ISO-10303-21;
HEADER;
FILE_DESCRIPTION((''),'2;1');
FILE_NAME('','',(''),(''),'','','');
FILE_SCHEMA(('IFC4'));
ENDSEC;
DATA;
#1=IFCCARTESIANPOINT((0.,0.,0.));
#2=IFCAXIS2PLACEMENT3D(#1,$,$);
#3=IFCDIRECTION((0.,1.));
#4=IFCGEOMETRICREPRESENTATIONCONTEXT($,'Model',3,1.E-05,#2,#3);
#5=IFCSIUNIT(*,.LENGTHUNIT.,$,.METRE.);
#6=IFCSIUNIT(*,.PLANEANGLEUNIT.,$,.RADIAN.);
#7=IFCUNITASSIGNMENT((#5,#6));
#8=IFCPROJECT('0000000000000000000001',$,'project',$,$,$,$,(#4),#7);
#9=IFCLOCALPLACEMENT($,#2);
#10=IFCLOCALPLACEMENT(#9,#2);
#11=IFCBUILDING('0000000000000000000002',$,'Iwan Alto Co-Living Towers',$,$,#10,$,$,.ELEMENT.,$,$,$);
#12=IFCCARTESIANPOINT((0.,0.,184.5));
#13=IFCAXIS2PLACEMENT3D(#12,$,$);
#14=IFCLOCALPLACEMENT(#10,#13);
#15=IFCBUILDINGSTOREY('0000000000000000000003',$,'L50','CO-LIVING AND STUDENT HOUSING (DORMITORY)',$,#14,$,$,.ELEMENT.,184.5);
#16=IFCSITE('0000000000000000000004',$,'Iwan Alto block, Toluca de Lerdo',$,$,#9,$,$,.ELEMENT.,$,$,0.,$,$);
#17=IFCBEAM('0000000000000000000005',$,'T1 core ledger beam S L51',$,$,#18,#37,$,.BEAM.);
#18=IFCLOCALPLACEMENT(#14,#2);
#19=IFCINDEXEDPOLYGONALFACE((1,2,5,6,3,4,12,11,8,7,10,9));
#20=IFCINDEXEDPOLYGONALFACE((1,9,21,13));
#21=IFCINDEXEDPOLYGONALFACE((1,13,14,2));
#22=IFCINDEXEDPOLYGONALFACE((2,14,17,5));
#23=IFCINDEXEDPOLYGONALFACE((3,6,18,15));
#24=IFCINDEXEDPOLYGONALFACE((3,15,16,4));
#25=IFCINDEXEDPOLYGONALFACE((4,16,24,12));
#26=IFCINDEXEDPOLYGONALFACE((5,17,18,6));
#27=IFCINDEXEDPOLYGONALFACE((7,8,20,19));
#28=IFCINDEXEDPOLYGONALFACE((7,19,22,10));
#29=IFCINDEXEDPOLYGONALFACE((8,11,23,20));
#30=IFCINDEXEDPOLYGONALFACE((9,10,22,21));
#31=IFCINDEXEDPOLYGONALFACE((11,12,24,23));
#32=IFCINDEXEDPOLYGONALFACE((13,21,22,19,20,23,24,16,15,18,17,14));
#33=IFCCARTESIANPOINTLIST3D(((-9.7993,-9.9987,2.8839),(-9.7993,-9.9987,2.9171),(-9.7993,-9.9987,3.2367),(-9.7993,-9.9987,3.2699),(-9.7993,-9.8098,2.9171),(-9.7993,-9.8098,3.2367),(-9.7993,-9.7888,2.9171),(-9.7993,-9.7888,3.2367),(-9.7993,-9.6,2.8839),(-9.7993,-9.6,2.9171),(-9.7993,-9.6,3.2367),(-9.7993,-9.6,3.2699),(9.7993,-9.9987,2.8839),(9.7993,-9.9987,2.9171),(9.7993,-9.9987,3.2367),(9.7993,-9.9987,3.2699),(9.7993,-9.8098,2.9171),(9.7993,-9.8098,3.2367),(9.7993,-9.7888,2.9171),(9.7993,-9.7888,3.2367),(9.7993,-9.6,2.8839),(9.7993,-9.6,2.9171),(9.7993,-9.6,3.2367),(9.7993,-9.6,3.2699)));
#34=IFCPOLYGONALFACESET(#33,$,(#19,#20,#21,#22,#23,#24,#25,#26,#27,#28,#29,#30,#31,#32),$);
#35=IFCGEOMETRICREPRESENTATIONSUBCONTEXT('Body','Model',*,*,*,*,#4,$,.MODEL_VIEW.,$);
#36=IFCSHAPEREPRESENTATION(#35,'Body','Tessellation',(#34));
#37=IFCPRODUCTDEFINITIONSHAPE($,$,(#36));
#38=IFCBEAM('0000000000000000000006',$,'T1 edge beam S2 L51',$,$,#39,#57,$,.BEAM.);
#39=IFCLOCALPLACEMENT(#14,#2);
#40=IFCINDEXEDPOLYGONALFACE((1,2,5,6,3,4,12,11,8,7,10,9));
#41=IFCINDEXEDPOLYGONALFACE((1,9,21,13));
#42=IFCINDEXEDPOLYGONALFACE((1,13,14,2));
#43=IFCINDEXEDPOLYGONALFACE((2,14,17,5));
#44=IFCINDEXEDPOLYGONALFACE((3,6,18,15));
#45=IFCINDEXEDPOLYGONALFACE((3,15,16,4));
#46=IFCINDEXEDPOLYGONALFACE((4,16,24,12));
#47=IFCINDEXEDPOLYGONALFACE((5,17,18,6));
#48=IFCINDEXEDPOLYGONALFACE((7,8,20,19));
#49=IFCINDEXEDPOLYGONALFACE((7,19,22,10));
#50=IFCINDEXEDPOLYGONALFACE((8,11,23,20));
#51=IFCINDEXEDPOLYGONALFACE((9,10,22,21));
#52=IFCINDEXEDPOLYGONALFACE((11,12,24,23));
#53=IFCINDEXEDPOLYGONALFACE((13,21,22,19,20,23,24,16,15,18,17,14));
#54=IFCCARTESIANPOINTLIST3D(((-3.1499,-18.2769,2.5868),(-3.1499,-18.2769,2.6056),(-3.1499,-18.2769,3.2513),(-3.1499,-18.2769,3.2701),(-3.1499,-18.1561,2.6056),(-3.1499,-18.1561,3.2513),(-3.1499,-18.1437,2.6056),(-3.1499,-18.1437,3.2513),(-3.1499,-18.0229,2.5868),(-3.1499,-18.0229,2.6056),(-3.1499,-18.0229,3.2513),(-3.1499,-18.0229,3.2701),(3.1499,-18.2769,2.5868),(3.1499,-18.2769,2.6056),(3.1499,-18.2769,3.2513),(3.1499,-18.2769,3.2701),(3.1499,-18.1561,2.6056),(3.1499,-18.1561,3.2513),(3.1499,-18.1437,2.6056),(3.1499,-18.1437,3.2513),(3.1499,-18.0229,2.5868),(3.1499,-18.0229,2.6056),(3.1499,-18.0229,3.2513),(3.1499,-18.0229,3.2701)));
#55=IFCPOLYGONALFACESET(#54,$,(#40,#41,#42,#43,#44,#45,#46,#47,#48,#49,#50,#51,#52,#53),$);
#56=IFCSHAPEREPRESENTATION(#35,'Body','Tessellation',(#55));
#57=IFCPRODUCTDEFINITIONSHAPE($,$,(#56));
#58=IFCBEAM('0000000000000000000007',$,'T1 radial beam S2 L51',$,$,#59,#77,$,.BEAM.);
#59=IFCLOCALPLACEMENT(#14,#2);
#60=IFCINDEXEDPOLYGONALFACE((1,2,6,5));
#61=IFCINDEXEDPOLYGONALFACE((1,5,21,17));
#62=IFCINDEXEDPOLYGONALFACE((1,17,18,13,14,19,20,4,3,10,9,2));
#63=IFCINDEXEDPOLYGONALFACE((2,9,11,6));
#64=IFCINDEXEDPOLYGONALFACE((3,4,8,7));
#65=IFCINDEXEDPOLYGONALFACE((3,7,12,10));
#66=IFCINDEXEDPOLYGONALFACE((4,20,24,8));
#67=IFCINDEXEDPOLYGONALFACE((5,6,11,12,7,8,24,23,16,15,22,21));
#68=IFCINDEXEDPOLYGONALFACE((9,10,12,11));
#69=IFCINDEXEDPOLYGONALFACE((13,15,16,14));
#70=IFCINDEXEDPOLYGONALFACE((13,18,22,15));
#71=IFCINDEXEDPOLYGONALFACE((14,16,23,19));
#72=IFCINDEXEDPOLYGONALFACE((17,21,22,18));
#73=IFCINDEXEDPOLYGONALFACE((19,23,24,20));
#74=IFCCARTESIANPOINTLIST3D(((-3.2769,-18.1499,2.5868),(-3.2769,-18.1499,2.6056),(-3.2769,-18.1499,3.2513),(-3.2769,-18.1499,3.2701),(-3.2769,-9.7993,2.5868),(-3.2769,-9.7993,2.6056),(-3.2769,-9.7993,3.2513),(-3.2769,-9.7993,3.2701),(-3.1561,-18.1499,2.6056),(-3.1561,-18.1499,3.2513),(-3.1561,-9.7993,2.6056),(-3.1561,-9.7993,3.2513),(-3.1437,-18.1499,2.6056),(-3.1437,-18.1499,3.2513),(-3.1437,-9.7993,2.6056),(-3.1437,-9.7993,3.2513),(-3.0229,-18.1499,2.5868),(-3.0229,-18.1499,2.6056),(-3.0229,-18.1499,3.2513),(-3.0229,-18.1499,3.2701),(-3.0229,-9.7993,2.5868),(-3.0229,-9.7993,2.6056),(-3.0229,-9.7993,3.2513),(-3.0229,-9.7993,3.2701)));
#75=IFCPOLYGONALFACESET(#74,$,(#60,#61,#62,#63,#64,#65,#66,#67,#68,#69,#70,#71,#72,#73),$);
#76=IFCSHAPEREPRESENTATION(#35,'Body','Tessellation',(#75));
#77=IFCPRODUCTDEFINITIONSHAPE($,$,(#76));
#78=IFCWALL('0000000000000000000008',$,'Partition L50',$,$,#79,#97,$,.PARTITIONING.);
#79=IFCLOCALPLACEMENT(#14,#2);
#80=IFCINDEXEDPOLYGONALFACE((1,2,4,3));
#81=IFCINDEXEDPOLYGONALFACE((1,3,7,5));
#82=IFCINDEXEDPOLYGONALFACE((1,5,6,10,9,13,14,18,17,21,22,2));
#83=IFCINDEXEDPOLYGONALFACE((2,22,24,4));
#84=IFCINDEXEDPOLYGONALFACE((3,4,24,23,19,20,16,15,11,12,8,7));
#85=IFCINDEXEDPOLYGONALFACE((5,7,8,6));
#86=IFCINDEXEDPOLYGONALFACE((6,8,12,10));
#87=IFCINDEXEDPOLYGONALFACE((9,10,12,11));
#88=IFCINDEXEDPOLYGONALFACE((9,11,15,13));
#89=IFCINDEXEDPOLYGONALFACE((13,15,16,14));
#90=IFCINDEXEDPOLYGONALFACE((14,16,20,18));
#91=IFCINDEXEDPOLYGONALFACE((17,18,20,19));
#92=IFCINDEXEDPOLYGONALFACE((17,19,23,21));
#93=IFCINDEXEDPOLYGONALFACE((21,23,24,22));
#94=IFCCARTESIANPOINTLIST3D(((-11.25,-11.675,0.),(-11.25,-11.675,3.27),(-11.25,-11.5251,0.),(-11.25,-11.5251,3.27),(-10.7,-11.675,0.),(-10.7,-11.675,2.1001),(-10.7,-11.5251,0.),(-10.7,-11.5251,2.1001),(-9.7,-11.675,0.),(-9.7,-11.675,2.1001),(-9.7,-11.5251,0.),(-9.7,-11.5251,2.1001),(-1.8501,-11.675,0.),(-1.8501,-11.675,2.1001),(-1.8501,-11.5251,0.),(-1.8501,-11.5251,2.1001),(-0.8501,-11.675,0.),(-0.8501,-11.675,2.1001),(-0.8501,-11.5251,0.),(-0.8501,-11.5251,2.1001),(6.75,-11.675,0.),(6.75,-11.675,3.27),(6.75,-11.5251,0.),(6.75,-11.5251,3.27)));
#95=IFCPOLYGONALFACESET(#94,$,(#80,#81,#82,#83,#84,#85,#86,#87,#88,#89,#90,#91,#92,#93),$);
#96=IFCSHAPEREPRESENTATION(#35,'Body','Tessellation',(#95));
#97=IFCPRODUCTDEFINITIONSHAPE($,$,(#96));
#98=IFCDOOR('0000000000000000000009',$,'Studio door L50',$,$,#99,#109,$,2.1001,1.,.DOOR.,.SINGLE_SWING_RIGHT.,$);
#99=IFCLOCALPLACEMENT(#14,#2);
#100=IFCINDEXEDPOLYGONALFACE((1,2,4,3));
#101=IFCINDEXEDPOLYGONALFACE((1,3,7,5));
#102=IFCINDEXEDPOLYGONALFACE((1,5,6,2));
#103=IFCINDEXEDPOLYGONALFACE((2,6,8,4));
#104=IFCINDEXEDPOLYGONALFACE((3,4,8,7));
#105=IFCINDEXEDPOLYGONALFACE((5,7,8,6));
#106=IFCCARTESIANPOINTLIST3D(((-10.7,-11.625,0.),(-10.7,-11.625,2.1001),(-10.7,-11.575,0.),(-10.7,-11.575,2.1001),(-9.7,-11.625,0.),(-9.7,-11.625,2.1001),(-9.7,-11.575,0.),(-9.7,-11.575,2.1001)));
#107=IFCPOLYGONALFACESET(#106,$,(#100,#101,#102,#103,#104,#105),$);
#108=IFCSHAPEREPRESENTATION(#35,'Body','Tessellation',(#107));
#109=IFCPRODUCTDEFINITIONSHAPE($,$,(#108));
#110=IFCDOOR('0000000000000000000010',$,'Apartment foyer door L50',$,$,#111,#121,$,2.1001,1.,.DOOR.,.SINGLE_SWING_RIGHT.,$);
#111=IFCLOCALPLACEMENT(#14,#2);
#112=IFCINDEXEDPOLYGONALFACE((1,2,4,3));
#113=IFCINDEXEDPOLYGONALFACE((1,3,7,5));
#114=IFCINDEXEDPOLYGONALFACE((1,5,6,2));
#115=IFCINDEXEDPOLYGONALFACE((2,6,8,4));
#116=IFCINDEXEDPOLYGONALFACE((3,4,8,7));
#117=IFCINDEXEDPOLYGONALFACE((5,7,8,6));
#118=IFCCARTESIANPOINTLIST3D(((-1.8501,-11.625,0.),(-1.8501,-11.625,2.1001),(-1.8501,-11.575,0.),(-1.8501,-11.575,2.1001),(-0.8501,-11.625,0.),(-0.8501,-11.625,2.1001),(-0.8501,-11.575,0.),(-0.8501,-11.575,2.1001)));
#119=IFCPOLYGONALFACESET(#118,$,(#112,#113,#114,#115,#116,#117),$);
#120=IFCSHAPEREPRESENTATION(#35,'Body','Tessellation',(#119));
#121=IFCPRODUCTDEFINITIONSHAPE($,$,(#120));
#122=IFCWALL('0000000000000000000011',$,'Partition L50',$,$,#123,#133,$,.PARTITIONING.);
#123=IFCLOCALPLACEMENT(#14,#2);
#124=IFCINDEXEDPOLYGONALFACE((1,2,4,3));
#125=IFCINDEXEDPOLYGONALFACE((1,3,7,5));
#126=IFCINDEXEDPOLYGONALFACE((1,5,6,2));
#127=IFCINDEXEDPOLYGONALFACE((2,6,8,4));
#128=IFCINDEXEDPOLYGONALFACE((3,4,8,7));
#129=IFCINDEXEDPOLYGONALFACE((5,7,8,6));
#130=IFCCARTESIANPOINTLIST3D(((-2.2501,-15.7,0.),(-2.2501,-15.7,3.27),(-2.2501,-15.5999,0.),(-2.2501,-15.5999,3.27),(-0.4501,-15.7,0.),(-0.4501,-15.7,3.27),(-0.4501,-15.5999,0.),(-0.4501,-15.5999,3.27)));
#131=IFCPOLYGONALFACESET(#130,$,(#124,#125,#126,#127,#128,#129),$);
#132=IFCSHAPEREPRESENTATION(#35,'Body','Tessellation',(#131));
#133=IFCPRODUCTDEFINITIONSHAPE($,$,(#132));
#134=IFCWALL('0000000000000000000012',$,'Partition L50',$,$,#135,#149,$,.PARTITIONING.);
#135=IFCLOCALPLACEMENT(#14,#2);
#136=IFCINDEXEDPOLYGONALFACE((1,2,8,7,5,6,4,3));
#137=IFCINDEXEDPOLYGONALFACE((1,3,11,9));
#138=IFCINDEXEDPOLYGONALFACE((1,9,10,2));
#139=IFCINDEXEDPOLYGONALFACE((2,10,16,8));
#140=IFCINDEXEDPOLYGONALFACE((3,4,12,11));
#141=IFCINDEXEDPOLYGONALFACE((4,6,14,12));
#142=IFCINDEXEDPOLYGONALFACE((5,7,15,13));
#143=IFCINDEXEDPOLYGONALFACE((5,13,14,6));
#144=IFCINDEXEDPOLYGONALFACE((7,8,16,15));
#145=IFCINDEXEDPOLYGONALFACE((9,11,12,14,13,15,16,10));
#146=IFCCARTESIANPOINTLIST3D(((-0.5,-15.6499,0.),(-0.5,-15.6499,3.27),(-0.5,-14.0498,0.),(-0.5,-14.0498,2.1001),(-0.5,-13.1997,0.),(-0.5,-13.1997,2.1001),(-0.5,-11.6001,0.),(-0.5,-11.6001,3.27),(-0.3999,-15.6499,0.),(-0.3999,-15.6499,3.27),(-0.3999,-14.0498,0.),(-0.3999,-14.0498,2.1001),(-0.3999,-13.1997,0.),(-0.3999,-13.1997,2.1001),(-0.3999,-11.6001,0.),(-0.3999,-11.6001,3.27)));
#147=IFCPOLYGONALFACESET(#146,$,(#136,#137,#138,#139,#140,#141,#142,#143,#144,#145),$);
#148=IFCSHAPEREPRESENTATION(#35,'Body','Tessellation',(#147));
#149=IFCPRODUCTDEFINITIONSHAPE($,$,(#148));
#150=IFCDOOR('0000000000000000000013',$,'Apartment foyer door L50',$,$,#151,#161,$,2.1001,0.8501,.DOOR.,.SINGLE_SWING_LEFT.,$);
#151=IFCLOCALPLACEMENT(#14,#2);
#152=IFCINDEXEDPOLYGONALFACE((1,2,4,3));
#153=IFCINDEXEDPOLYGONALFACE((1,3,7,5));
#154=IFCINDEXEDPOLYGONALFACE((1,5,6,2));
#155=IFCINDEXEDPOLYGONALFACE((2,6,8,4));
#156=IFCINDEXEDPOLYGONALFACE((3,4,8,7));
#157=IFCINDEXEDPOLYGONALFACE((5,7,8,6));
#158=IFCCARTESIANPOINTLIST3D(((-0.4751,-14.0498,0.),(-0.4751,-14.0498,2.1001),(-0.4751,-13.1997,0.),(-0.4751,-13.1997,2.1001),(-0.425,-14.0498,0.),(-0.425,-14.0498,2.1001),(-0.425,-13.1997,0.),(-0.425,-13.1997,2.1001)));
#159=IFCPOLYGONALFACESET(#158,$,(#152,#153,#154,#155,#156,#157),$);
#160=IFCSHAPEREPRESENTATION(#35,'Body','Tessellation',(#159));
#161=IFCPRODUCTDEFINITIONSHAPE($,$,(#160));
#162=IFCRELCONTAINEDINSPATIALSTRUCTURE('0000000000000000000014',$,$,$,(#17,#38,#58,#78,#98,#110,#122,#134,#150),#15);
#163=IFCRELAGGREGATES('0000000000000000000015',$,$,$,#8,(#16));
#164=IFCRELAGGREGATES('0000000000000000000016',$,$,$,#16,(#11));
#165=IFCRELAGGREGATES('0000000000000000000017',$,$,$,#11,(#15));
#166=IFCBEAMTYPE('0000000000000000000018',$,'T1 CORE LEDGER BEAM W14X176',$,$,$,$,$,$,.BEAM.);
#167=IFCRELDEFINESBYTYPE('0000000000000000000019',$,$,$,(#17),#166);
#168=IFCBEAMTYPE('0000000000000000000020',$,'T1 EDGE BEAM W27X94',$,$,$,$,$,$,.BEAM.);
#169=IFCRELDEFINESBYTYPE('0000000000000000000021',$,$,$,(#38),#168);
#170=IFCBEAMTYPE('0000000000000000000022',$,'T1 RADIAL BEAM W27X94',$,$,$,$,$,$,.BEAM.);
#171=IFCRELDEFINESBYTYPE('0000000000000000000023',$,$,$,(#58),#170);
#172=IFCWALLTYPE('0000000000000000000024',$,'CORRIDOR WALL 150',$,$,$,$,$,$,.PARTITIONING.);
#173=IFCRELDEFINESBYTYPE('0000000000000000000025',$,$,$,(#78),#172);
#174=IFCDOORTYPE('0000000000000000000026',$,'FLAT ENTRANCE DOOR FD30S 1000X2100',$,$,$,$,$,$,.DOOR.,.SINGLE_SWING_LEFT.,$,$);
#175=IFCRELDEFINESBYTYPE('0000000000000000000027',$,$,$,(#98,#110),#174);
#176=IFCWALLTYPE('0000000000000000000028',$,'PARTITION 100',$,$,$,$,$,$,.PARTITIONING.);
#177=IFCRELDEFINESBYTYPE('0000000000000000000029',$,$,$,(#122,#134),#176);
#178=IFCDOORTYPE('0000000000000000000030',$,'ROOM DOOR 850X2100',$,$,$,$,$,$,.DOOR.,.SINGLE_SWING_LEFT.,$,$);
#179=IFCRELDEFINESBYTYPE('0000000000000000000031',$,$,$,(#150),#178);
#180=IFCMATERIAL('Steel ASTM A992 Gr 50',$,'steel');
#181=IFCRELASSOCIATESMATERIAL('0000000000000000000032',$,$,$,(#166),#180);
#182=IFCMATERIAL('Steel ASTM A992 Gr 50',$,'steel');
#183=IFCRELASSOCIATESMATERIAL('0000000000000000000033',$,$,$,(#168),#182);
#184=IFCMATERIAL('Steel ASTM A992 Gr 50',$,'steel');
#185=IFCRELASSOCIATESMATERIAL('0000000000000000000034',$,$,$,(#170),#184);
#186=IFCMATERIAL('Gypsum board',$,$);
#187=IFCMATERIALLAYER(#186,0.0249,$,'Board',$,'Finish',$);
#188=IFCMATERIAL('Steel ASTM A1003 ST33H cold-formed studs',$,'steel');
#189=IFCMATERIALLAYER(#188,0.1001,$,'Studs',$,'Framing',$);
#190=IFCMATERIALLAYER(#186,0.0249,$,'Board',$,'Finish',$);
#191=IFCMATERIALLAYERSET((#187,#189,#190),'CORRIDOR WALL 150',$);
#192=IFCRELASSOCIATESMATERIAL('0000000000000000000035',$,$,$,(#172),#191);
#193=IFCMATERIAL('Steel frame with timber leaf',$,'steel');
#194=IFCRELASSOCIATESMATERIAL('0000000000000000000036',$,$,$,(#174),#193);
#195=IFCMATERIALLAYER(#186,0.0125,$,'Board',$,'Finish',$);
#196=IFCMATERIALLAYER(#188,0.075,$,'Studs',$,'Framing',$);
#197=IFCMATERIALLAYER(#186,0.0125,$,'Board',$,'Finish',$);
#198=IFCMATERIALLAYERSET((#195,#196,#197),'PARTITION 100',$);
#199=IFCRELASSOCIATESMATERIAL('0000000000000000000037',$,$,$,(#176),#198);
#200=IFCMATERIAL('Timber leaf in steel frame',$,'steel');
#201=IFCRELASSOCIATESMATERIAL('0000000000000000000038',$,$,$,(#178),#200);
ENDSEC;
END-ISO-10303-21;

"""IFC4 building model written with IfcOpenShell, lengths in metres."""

from ifc_helpers import new_model, si_unit, direction, frame, frame_2d, origin, origin_2d, place, context, subcontext, project, spatial, rectangle, i_section, extrude, material, layer, layer_set, material_profile, profile_set, type_object, element, fill, save


model = new_model("IFC4")

# Units and contexts
model_context = context("Model", 3, precision=1e-05, world=origin(), true_north=direction((0.0, 1.0)))
body_context = subcontext(model_context, "Body", "Model", "MODEL_VIEW")
ifc_project = project(units=[si_unit("LENGTHUNIT", "METRE"), si_unit("PLANEANGLEUNIT", "RADIAN")], contexts=[model_context])

# Site, building, storey
site_placement = place(None, origin())
site = spatial("IfcSite", under=ifc_project, at=site_placement, Name="Iwan Alto block, Toluca de Lerdo", CompositionType="ELEMENT", RefElevation=0.0)
building_placement = place(site_placement, origin())
building = spatial("IfcBuilding", under=site, at=building_placement, Name="Iwan Alto Co-Living Towers", CompositionType="ELEMENT")
storey_placement = place(building_placement, frame((0.0, 0.0, 184.5)))
storey = spatial("IfcBuildingStorey", under=building, at=storey_placement, Name="L50", Description="CO-LIVING AND STUDENT HOUSING (DORMITORY)", CompositionType="ELEMENT", Elevation=184.5)

# Beams
ifc_material_1 = material(Name="Steel ASTM A992 Gr 50", Category="steel")
ifc_material_profile_1 = material_profile(ifc_material_1, i_section(OverallWidth=0.3987, OverallDepth=0.386, WebThickness=0.021, FlangeThickness=0.0332, at=origin_2d()), Name="W14X176")
ifc_profile_set_1 = profile_set([ifc_material_profile_1], Name="Steel ASTM A992 Gr 50")
beam_type_1 = type_object("IfcBeamType", Name="T1 CORE LEDGER BEAM W14X176", PredefinedType="BEAM", material=ifc_profile_set_1)
beam_1_placement = place(storey_placement, frame((-9.7993, -9.7993, 3.0769), z_axis=(1.0, 0.0, 0.0), x_axis=(0.0, 1.0, 0.0)))
element("IfcBeam", 1, at=beam_1_placement, inside=storey, type_object=beam_type_1, Name="T1 core ledger beam S L51", PredefinedType="BEAM", context=body_context, shape_type="SweptSolid", body=[
    extrude(i_section(OverallWidth=0.3987, OverallDepth=0.386, WebThickness=0.021, FlangeThickness=0.0332, at=origin_2d()), origin(), (0.0, 0.0, 1.0), 19.5986),
])
ifc_material_2 = material(Name="Steel ASTM A992 Gr 50", Category="steel")
ifc_material_profile_2 = material_profile(ifc_material_2, i_section(OverallWidth=0.2539, OverallDepth=0.6833, WebThickness=0.0125, FlangeThickness=0.0188, at=origin_2d()), Name="W27X94")
ifc_profile_set_2 = profile_set([ifc_material_profile_2], Name="Steel ASTM A992 Gr 50")
beam_type_2 = type_object("IfcBeamType", Name="T1 EDGE BEAM W27X94", PredefinedType="BEAM", material=ifc_profile_set_2)
beam_2_placement = place(storey_placement, frame((-3.1499, -18.1499, 2.9285), z_axis=(1.0, 0.0, 0.0), x_axis=(0.0, 1.0, 0.0)))
element("IfcBeam", 2, at=beam_2_placement, inside=storey, type_object=beam_type_2, Name="T1 edge beam S2 L51", PredefinedType="BEAM", context=body_context, shape_type="SweptSolid", body=[
    extrude(i_section(OverallWidth=0.2539, OverallDepth=0.6833, WebThickness=0.0125, FlangeThickness=0.0188, at=origin_2d()), origin(), (0.0, 0.0, 1.0), 6.2998),
])
ifc_material_3 = material(Name="Steel ASTM A992 Gr 50", Category="steel")
ifc_material_profile_3 = material_profile(ifc_material_3, i_section(OverallWidth=0.2539, OverallDepth=0.6833, WebThickness=0.0125, FlangeThickness=0.0188, at=origin_2d()), Name="W27X94")
ifc_profile_set_3 = profile_set([ifc_material_profile_3], Name="Steel ASTM A992 Gr 50")
beam_type_3 = type_object("IfcBeamType", Name="T1 RADIAL BEAM W27X94", PredefinedType="BEAM", material=ifc_profile_set_3)
beam_3_placement = place(storey_placement, frame((-3.1499, -18.1499, 2.9285), z_axis=(0.0, 1.0, 0.0), x_axis=(-1.0, 0.0, 0.0)))
element("IfcBeam", 3, at=beam_3_placement, inside=storey, type_object=beam_type_3, Name="T1 radial beam S2 L51", PredefinedType="BEAM", context=body_context, shape_type="SweptSolid", body=[
    extrude(i_section(OverallWidth=0.2539, OverallDepth=0.6833, WebThickness=0.0125, FlangeThickness=0.0188, at=origin_2d()), origin(), (0.0, 0.0, 1.0), 8.3506),
])

# Wall, openings, doors
ifc_material_4 = material(Name="Gypsum board")
ifc_layer_1 = layer(ifc_material_4, 0.0249, Name="Board", Category="Finish")
ifc_material_5 = material(Name="Steel ASTM A1003 ST33H cold-formed studs", Category="steel")
ifc_layer_2 = layer(ifc_material_5, 0.1001, Name="Studs", Category="Framing")
ifc_layer_3 = layer(ifc_material_4, 0.0249, Name="Board", Category="Finish")
ifc_layer_set_1 = layer_set([ifc_layer_1, ifc_layer_2, ifc_layer_3], Name="CORRIDOR WALL 150")
wall_type_1 = type_object("IfcWallType", Name="CORRIDOR WALL 150", PredefinedType="PARTITIONING", material=ifc_layer_set_1)
wall_1_placement = place(storey_placement, frame((-11.25, -11.6001, 0.0), z_axis=(0.0, 0.0, 1.0), x_axis=(1.0, 0.0, 0.0)))
wall_1 = element("IfcWall", 4, at=wall_1_placement, inside=storey, type_object=wall_type_1, Name="Partition L50", PredefinedType="PARTITIONING", context=body_context, shape_type="SweptSolid", body=[
    extrude(rectangle(XDim=18.0, YDim=0.1499, at=frame_2d((9.0, 0.0))), origin(), (0.0, 0.0, 1.0), 3.27),
])
opening_1_placement = place(wall_1_placement, frame((0.55, 0.0, 0.0)))
opening_1 = element("IfcOpeningElement", 5, at=opening_1_placement, cuts=wall_1, PredefinedType="OPENING", context=body_context, shape_type="SweptSolid", body=[
    extrude(rectangle(XDim=1.0, YDim=2.1001, at=frame_2d((0.5, 1.05))), frame((0.0, 0.085, 0.0), z_axis=(0.0, -1.0, 0.0), x_axis=(1.0, 0.0, 0.0)), (0.0, 0.0, 1.0), 0.1699),
])
opening_2_placement = place(wall_1_placement, frame((9.3999, 0.0, 0.0)))
opening_2 = element("IfcOpeningElement", 6, at=opening_2_placement, cuts=wall_1, PredefinedType="OPENING", context=body_context, shape_type="SweptSolid", body=[
    extrude(rectangle(XDim=1.0, YDim=2.1001, at=frame_2d((0.5, 1.05))), frame((0.0, 0.085, 0.0), z_axis=(0.0, -1.0, 0.0), x_axis=(1.0, 0.0, 0.0)), (0.0, 0.0, 1.0), 0.1699),
])
ifc_material_6 = material(Name="Steel frame with timber leaf", Category="steel")
door_type_1 = type_object("IfcDoorType", Name="FLAT ENTRANCE DOOR FD30S 1000X2100", OperationType="SINGLE_SWING_LEFT", PredefinedType="DOOR", material=ifc_material_6)
door_1_placement = place(opening_1_placement, frame((1.0, 0.0, 0.0), z_axis=(0.0, 0.0, 1.0), x_axis=(-1.0, 0.0, 0.0)))
door_1 = element("IfcDoor", 7, at=door_1_placement, inside=storey, type_object=door_type_1, Name="Studio door L50", OperationType="SINGLE_SWING_RIGHT", OverallHeight=2.1001, OverallWidth=1.0, PredefinedType="DOOR", context=body_context, shape_type="SweptSolid", body=[
    extrude(rectangle(XDim=1.0, YDim=2.1001, at=frame_2d((0.5, 1.05))), frame((0.0, 0.0249, 0.0), z_axis=(0.0, -1.0, 0.0), x_axis=(1.0, 0.0, 0.0)), (0.0, 0.0, 1.0), 0.05),
])
fill(opening_1, door_1)
door_2_placement = place(opening_2_placement, frame((1.0, 0.0, 0.0), z_axis=(0.0, 0.0, 1.0), x_axis=(-1.0, 0.0, 0.0)))
door_2 = element("IfcDoor", 8, at=door_2_placement, inside=storey, type_object=door_type_1, Name="Apartment foyer door L50", OperationType="SINGLE_SWING_RIGHT", OverallHeight=2.1001, OverallWidth=1.0, PredefinedType="DOOR", context=body_context, shape_type="SweptSolid", body=[
    extrude(rectangle(XDim=1.0, YDim=2.1001, at=frame_2d((0.5, 1.05))), frame((0.0, 0.0249, 0.0), z_axis=(0.0, -1.0, 0.0), x_axis=(1.0, 0.0, 0.0)), (0.0, 0.0, 1.0), 0.05),
])
fill(opening_2, door_2)

# Wall
ifc_layer_4 = layer(ifc_material_4, 0.0125, Name="Board", Category="Finish")
ifc_layer_5 = layer(ifc_material_5, 0.075, Name="Studs", Category="Framing")
ifc_layer_6 = layer(ifc_material_4, 0.0125, Name="Board", Category="Finish")
ifc_layer_set_2 = layer_set([ifc_layer_4, ifc_layer_5, ifc_layer_6], Name="PARTITION 100")
wall_type_2 = type_object("IfcWallType", Name="PARTITION 100", PredefinedType="PARTITIONING", material=ifc_layer_set_2)
wall_2_placement = place(storey_placement, frame((-2.25, -15.6499, 0.0), z_axis=(0.0, 0.0, 1.0), x_axis=(1.0, 0.0, 0.0)))
element("IfcWall", 9, at=wall_2_placement, inside=storey, type_object=wall_type_2, Name="Partition L50", PredefinedType="PARTITIONING", context=body_context, shape_type="SweptSolid", body=[
    extrude(rectangle(XDim=1.8, YDim=0.1001, at=frame_2d((0.8999, 0.0))), origin(), (0.0, 0.0, 1.0), 3.27),
])

# Wall, opening, door
wall_3_placement = place(storey_placement, frame((-0.45, -15.6499, 0.0), z_axis=(0.0, 0.0, 1.0), x_axis=(0.0, 1.0, 0.0)))
wall_3 = element("IfcWall", 10, at=wall_3_placement, inside=storey, type_object=wall_type_2, Name="Partition L50", PredefinedType="PARTITIONING", context=body_context, shape_type="SweptSolid", body=[
    extrude(rectangle(XDim=4.0498, YDim=0.1001, at=frame_2d((2.0249, 0.0))), origin(), (0.0, 0.0, 1.0), 3.27),
])
opening_3_placement = place(wall_3_placement, frame((1.6001, 0.0, 0.0)))
opening_3 = element("IfcOpeningElement", 11, at=opening_3_placement, cuts=wall_3, PredefinedType="OPENING", context=body_context, shape_type="SweptSolid", body=[
    extrude(rectangle(XDim=0.8501, YDim=2.1001, at=frame_2d((0.425, 1.05))), frame((0.0, 0.0601, 0.0), z_axis=(0.0, -1.0, 0.0), x_axis=(1.0, 0.0, 0.0)), (0.0, 0.0, 1.0), 0.1201),
])
ifc_material_7 = material(Name="Timber leaf in steel frame", Category="steel")
door_type_2 = type_object("IfcDoorType", Name="ROOM DOOR 850X2100", OperationType="SINGLE_SWING_LEFT", PredefinedType="DOOR", material=ifc_material_7)
door_3_placement = place(opening_3_placement, frame((0.8501, 0.0, 0.0), z_axis=(0.0, 0.0, 1.0), x_axis=(-1.0, 0.0, 0.0)))
door_3 = element("IfcDoor", 12, at=door_3_placement, inside=storey, type_object=door_type_2, Name="Apartment foyer door L50", OperationType="SINGLE_SWING_LEFT", OverallHeight=2.1001, OverallWidth=0.8501, PredefinedType="DOOR", context=body_context, shape_type="SweptSolid", body=[
    extrude(rectangle(XDim=0.8501, YDim=2.1001, at=frame_2d((0.425, 1.05))), frame((0.0, 0.0249, 0.0), z_axis=(0.0, -1.0, 0.0), x_axis=(1.0, 0.0, 0.0)), (0.0, 0.0, 1.0), 0.05),
])
fill(opening_3, door_3)

save(model, "model.ifc")
